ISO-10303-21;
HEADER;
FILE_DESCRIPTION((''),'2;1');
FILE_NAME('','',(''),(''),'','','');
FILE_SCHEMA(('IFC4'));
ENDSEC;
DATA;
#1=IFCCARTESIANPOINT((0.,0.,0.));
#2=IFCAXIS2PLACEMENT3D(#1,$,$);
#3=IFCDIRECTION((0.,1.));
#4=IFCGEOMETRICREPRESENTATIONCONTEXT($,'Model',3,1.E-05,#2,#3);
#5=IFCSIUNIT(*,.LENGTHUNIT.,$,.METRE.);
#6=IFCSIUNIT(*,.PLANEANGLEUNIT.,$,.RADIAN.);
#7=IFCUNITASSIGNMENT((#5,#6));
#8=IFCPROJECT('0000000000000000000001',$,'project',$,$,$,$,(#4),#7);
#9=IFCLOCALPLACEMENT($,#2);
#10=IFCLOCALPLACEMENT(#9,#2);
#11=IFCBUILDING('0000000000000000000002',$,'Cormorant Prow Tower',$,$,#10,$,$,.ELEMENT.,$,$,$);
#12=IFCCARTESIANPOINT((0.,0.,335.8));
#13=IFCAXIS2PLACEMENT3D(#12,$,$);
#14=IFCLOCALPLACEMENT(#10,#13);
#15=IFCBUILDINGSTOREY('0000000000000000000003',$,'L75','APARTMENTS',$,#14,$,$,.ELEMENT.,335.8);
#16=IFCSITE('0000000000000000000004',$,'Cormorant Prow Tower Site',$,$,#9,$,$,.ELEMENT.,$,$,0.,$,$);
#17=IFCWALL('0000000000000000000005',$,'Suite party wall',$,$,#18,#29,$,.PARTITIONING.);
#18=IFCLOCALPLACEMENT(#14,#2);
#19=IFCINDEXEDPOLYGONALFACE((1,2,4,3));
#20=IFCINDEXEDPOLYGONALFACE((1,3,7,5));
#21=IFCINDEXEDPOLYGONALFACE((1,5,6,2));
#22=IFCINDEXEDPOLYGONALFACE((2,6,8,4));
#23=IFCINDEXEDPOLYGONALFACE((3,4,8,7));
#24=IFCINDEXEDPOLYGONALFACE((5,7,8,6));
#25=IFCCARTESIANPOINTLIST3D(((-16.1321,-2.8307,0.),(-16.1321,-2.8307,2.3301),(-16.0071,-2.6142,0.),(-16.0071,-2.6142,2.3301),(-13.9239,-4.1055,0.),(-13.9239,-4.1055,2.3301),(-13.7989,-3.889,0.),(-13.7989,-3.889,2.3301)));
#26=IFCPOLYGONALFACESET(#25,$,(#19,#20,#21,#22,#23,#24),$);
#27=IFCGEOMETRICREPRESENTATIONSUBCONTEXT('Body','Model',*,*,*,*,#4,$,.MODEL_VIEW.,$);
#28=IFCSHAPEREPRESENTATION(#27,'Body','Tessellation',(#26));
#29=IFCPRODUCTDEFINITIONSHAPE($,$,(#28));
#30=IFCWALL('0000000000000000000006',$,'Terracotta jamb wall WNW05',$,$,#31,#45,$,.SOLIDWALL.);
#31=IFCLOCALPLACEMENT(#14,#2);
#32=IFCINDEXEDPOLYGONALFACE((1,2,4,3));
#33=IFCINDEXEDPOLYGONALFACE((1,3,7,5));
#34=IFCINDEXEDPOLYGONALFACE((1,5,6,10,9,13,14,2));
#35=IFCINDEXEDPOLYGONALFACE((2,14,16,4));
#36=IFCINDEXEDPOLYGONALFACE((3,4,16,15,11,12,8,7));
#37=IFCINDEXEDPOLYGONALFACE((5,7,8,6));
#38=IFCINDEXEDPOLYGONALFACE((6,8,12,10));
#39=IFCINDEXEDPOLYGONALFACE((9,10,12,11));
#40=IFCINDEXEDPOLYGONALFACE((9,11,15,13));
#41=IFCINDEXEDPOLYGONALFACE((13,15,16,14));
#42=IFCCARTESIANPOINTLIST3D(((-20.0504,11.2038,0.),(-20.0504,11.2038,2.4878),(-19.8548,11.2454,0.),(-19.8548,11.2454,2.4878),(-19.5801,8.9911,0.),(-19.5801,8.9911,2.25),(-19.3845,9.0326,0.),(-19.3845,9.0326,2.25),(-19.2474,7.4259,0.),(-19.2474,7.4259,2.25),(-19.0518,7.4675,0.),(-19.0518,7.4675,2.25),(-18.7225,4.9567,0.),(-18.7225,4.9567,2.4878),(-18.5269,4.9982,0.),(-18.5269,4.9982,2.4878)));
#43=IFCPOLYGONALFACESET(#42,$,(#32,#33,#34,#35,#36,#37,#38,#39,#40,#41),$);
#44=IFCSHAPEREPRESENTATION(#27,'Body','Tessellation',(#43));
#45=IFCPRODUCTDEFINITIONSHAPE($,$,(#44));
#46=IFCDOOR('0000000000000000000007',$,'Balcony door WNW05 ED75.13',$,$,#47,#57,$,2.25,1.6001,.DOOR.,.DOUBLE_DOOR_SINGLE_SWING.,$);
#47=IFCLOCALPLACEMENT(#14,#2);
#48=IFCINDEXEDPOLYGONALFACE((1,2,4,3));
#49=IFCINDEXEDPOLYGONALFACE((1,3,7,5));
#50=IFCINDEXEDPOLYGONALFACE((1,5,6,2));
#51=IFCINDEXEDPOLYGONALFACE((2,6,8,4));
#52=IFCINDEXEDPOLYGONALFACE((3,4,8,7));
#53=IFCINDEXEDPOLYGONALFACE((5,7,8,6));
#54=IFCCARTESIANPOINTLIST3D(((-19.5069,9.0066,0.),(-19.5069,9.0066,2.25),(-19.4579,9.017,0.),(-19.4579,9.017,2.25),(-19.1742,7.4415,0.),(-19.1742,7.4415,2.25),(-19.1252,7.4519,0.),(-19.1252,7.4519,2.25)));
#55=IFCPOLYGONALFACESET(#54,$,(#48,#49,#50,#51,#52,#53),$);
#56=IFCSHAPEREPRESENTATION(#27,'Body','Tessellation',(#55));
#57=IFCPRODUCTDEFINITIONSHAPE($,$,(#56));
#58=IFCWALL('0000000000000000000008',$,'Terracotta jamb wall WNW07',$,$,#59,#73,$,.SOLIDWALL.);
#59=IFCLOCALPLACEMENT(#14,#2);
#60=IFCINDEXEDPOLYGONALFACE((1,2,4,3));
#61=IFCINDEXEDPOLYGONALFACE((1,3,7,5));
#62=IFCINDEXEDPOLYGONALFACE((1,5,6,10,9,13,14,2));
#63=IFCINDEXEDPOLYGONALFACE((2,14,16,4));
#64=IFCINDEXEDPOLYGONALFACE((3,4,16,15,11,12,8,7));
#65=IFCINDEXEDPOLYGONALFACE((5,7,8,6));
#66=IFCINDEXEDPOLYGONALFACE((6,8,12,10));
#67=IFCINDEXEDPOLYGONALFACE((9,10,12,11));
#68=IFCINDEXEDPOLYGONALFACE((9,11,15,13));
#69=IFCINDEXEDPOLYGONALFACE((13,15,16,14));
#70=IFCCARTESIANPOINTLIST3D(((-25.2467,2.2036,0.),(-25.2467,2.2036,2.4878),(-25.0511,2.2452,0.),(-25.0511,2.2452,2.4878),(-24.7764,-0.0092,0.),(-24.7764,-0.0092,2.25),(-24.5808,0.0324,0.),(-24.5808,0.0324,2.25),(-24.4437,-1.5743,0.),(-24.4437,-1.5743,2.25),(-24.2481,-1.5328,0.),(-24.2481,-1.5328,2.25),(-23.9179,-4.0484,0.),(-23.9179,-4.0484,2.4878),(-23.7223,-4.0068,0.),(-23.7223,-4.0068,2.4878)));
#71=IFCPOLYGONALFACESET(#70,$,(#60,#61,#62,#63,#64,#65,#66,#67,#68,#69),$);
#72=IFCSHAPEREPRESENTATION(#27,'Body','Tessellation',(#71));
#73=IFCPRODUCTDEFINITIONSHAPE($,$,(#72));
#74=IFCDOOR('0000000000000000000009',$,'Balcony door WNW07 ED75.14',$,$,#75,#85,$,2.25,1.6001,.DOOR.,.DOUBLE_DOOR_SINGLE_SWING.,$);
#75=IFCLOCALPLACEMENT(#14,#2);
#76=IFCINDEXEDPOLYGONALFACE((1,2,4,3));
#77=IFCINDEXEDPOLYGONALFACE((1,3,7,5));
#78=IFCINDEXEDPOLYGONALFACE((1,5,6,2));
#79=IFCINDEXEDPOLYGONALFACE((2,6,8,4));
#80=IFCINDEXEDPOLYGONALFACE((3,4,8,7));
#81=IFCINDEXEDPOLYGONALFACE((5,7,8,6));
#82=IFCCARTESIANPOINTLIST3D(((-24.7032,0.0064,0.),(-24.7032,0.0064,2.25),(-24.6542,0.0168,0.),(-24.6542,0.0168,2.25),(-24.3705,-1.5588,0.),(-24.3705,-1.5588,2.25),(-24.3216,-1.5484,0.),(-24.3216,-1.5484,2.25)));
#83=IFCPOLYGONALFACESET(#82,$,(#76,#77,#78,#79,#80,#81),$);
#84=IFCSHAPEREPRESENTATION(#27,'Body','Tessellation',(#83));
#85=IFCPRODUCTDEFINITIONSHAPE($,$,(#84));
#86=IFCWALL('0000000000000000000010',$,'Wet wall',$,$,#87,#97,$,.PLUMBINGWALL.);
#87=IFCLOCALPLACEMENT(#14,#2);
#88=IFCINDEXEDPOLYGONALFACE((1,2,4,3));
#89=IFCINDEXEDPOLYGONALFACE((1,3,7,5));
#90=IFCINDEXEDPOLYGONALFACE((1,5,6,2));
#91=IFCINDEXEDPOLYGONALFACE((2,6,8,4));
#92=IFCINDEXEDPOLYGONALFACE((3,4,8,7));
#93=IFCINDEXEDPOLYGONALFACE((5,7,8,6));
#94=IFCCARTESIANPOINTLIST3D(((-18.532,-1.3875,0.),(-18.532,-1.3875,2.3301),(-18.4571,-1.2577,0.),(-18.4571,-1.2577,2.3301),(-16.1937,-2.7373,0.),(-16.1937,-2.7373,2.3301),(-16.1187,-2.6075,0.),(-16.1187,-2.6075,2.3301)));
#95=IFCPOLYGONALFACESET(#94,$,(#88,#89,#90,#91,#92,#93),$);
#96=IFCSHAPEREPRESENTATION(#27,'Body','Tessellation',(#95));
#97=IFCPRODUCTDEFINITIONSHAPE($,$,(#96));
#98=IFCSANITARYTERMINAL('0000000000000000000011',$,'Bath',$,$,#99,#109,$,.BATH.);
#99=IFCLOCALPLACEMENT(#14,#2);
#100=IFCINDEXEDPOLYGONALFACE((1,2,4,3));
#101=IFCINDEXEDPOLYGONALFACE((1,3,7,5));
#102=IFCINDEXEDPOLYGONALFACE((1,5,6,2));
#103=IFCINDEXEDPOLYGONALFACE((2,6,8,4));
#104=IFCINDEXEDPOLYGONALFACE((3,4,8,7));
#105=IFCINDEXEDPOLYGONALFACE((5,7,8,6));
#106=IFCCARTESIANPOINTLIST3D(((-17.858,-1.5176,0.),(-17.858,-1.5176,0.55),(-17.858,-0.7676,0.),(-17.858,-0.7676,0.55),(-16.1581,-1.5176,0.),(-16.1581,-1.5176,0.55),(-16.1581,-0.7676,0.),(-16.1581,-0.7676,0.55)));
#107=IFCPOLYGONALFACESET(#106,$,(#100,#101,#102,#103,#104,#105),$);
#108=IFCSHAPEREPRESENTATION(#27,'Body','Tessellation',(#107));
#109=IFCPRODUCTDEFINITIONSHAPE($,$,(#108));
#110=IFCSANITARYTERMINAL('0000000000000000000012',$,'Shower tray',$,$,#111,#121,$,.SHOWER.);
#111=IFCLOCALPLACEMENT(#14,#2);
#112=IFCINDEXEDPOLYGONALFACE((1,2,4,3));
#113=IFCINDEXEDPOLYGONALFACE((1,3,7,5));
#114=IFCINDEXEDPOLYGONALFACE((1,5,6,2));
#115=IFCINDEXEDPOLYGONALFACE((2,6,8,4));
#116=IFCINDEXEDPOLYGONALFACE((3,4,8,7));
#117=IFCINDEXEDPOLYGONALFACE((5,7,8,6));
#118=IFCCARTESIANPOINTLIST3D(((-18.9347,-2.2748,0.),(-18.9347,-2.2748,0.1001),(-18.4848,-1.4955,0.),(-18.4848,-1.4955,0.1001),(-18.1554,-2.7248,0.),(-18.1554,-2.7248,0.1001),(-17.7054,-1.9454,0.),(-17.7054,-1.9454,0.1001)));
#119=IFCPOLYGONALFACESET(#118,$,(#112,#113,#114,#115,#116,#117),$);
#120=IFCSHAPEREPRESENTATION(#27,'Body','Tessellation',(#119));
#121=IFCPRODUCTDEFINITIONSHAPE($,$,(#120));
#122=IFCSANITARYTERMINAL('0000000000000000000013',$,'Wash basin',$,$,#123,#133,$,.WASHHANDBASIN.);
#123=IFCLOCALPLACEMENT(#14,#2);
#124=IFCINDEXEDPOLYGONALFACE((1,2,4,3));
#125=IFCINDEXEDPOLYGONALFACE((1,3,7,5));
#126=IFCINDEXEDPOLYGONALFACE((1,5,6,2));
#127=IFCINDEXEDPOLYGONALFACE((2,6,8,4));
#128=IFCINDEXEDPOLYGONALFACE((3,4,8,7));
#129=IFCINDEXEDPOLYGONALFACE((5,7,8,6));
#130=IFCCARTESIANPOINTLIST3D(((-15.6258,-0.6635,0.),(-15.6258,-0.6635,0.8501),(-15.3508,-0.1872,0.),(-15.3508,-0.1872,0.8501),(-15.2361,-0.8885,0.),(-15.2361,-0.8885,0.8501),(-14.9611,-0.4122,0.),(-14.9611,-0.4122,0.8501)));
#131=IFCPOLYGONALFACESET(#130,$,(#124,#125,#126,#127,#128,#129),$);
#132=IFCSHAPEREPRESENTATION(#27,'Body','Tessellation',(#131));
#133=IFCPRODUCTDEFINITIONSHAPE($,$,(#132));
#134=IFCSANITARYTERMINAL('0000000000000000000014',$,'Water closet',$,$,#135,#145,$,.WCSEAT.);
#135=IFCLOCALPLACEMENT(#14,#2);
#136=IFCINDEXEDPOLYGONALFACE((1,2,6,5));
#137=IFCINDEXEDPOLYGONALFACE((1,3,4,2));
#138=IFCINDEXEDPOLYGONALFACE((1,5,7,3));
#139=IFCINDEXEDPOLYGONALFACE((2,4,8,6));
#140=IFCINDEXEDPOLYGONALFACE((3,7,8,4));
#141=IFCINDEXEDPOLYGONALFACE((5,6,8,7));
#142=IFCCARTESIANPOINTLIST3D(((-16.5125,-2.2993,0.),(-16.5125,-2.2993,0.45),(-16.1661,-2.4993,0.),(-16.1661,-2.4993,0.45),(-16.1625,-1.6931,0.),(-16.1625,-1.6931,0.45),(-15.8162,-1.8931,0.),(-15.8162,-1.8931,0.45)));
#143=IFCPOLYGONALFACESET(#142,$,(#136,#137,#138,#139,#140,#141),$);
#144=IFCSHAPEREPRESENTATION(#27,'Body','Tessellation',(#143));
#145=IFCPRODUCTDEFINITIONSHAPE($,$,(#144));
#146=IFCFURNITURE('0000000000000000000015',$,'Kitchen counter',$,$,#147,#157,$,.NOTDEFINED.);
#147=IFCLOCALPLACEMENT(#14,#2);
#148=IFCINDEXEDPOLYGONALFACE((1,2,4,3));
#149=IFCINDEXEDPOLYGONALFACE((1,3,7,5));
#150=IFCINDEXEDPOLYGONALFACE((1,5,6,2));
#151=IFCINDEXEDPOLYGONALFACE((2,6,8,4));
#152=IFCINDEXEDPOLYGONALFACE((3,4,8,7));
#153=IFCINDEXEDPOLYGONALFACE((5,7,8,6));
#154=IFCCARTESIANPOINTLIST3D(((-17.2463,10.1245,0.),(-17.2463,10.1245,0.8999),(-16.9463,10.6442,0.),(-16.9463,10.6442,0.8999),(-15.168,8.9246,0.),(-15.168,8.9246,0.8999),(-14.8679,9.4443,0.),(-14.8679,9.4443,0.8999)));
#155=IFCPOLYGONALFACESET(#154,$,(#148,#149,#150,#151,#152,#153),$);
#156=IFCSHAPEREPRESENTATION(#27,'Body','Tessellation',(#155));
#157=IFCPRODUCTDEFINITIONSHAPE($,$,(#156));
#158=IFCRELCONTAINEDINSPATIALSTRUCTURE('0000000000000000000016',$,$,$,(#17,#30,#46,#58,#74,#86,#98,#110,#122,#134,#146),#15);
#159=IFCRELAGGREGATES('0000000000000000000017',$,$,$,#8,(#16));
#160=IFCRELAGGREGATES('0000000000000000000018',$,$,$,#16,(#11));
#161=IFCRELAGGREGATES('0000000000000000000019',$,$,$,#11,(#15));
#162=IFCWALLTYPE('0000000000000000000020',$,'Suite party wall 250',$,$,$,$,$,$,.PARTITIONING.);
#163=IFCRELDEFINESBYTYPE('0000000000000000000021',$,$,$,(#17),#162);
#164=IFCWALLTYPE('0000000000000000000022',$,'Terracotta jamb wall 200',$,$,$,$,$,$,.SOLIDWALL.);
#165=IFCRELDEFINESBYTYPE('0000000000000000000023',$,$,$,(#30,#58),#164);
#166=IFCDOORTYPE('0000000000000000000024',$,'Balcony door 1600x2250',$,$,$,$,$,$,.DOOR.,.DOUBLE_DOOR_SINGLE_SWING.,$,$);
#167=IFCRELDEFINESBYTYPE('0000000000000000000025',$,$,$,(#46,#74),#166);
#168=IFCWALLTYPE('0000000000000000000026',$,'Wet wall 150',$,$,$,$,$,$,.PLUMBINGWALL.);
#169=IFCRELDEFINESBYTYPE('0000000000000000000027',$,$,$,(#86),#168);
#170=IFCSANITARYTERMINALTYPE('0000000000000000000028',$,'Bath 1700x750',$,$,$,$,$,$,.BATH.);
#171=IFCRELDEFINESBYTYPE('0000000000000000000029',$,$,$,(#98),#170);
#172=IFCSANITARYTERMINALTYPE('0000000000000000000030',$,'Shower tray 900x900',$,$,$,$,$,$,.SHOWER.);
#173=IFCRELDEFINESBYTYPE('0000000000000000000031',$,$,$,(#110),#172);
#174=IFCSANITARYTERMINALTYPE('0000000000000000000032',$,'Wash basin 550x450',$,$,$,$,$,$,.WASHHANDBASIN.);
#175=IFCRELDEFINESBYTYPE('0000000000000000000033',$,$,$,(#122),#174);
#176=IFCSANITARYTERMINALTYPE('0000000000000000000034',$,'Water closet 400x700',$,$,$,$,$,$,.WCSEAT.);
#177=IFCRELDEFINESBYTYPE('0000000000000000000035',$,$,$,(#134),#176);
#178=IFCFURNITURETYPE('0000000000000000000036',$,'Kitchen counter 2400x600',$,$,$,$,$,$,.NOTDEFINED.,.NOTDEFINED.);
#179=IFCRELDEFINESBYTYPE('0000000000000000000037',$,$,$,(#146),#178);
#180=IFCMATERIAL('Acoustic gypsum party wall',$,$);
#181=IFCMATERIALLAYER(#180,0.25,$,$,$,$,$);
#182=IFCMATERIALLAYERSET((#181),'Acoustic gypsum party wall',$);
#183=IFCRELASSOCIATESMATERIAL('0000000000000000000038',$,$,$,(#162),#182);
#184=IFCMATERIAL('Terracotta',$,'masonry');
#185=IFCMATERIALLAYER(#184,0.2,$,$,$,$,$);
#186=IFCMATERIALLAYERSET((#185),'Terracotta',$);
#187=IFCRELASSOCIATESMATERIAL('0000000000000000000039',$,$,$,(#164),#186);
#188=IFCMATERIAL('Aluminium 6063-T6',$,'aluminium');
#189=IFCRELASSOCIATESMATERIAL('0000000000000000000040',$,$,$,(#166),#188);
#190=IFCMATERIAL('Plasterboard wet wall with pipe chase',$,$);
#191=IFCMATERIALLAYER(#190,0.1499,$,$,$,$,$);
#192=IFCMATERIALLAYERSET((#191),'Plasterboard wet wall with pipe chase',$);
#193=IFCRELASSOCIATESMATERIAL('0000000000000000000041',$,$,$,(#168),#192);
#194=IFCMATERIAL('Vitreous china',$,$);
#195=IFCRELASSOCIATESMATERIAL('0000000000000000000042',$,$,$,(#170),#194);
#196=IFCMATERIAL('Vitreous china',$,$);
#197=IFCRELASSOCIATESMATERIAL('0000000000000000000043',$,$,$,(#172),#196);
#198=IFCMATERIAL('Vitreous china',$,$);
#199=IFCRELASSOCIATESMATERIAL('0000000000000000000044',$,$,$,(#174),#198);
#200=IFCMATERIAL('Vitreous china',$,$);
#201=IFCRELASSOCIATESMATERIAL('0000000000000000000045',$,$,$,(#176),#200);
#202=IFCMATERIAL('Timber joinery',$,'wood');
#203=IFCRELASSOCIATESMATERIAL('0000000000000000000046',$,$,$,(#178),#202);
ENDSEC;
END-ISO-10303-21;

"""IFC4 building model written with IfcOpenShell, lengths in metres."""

from ifc_helpers import new_model, si_unit, direction, frame, frame_2d, origin, origin_2d, place, context, subcontext, project, spatial, rectangle, extrude, material, layer, layer_set, type_object, element, fill, save


model = new_model("IFC4")

# Units and contexts
model_context = context("Model", 3, precision=1e-05, world=origin(), true_north=direction((0.0, 1.0)))
body_context = subcontext(model_context, "Body", "Model", "MODEL_VIEW")
ifc_project = project(units=[si_unit("LENGTHUNIT", "METRE"), si_unit("PLANEANGLEUNIT", "RADIAN")], contexts=[model_context])

# Site, building, storey
site_placement = place(None, origin())
site = spatial("IfcSite", under=ifc_project, at=site_placement, Name="Cormorant Prow Tower Site", CompositionType="ELEMENT", RefElevation=0.0)
building_placement = place(site_placement, origin())
building = spatial("IfcBuilding", under=site, at=building_placement, Name="Cormorant Prow Tower", CompositionType="ELEMENT")
storey_placement = place(building_placement, frame((0.0, 0.0, 335.8)))
storey = spatial("IfcBuildingStorey", under=building, at=storey_placement, Name="L75", Description="APARTMENTS", CompositionType="ELEMENT", Elevation=335.8)

# Wall
ifc_material_1 = material(Name="Acoustic gypsum party wall")
ifc_layer_1 = layer(ifc_material_1, 0.25)
ifc_layer_set_1 = layer_set([ifc_layer_1], Name="Acoustic gypsum party wall")
wall_type_1 = type_object("IfcWallType", Name="Suite party wall 250", PredefinedType="PARTITIONING", material=ifc_layer_set_1)
wall_1_placement = place(storey_placement, frame((-16.0696, -2.7224, 0.0), z_axis=(0.0, 0.0, 1.0), x_axis=(0.866031, -0.49999, 0.0)))
element("IfcWall", 1, at=wall_1_placement, inside=storey, type_object=wall_type_1, Name="Suite party wall", PredefinedType="PARTITIONING", context=body_context, shape_type="SweptSolid", body=[
    extrude(rectangle(XDim=2.5498, YDim=0.25, at=frame_2d((1.2749, 0.0))), origin(), (0.0, 0.0, 1.0), 2.3301),
])

# Walls, openings, doors
ifc_material_2 = material(Name="Terracotta", Category="masonry")
ifc_layer_2 = layer(ifc_material_2, 0.2)
ifc_layer_set_2 = layer_set([ifc_layer_2], Name="Terracotta")
wall_type_2 = type_object("IfcWallType", Name="Terracotta jamb wall 200", PredefinedType="SOLIDWALL", material=ifc_layer_set_2)
wall_2_placement = place(storey_placement, frame((-19.9526, 11.2246, 0.0), z_axis=(0.0, 0.0, 1.0), x_axis=(0.207915, -0.978147, 0.0)))
wall_2 = element("IfcWall", 2, at=wall_2_placement, inside=storey, type_object=wall_type_2, Name="Terracotta jamb wall WNW05", PredefinedType="SOLIDWALL", context=body_context, shape_type="SweptSolid", body=[
    extrude(rectangle(XDim=6.3867, YDim=0.2, at=frame_2d((3.1934, 0.0))), origin(), (0.0, 0.0, 1.0), 2.4878),
])
opening_1_placement = place(wall_2_placement, frame((2.2622, 0.0, 0.0)))
opening_1 = element("IfcOpeningElement", 3, at=opening_1_placement, cuts=wall_2, PredefinedType="OPENING", context=body_context, shape_type="SweptSolid", body=[
    extrude(rectangle(XDim=1.6001, YDim=2.25, at=frame_2d((0.8, 1.125))), frame((0.0, 0.1099, 0.0), z_axis=(0.0, -1.0, 0.0), x_axis=(1.0, 0.0, 0.0)), (0.0, 0.0, 1.0), 0.22),
])
ifc_material_3 = material(Name="Aluminium 6063-T6", Category="aluminium")
door_type_1 = type_object("IfcDoorType", Name="Balcony door 1600x2250", OperationType="DOUBLE_DOOR_SINGLE_SWING", PredefinedType="DOOR", material=ifc_material_3)
door_1_placement = place(opening_1_placement, origin())
door_1 = element("IfcDoor", 4, at=door_1_placement, inside=storey, type_object=door_type_1, Name="Balcony door WNW05 ED75.13", OperationType="DOUBLE_DOOR_SINGLE_SWING", OverallHeight=2.25, OverallWidth=1.6001, PredefinedType="DOOR", context=body_context, shape_type="SweptSolid", body=[
    extrude(rectangle(XDim=1.6001, YDim=2.25, at=frame_2d((0.8, 1.125))), frame((0.0, 0.0249, 0.0), z_axis=(0.0, -1.0, 0.0), x_axis=(1.0, 0.0, 0.0)), (0.0, 0.0, 1.0), 0.05),
])
fill(opening_1, door_1)
wall_3_placement = place(storey_placement, frame((-25.1489, 2.2244, 0.0), z_axis=(0.0, 0.0, 1.0), x_axis=(0.207906, -0.978149, 0.0)))
wall_3 = element("IfcWall", 5, at=wall_3_placement, inside=storey, type_object=wall_type_2, Name="Terracotta jamb wall WNW07", PredefinedType="SOLIDWALL", context=body_context, shape_type="SweptSolid", body=[
    extrude(rectangle(XDim=6.3916, YDim=0.2, at=frame_2d((3.1958, 0.0))), origin(), (0.0, 0.0, 1.0), 2.4878),
])
opening_2_placement = place(wall_3_placement, frame((2.2622, 0.0, 0.0)))
opening_2 = element("IfcOpeningElement", 6, at=opening_2_placement, cuts=wall_3, PredefinedType="OPENING", context=body_context, shape_type="SweptSolid", body=[
    extrude(rectangle(XDim=1.6001, YDim=2.25, at=frame_2d((0.8, 1.125))), frame((0.0, 0.1099, 0.0), z_axis=(0.0, -1.0, 0.0), x_axis=(1.0, 0.0, 0.0)), (0.0, 0.0, 1.0), 0.22),
])
door_2_placement = place(opening_2_placement, origin())
door_2 = element("IfcDoor", 7, at=door_2_placement, inside=storey, type_object=door_type_1, Name="Balcony door WNW07 ED75.14", OperationType="DOUBLE_DOOR_SINGLE_SWING", OverallHeight=2.25, OverallWidth=1.6001, PredefinedType="DOOR", context=body_context, shape_type="SweptSolid", body=[
    extrude(rectangle(XDim=1.6001, YDim=2.25, at=frame_2d((0.8, 1.125))), frame((0.0, 0.0249, 0.0), z_axis=(0.0, -1.0, 0.0), x_axis=(1.0, 0.0, 0.0)), (0.0, 0.0, 1.0), 0.05),
])
fill(opening_2, door_2)

# Wall
ifc_material_4 = material(Name="Plasterboard wet wall with pipe chase")
ifc_layer_3 = layer(ifc_material_4, 0.1499)
ifc_layer_set_3 = layer_set([ifc_layer_3], Name="Plasterboard wet wall with pipe chase")
wall_type_3 = type_object("IfcWallType", Name="Wet wall 150", PredefinedType="PLUMBINGWALL", material=ifc_layer_set_3)
wall_4_placement = place(storey_placement, frame((-18.4946, -1.3225, 0.0), z_axis=(0.0, 0.0, 1.0), x_axis=(0.866059, -0.499942, 0.0)))
element("IfcWall", 8, at=wall_4_placement, inside=storey, type_object=wall_type_3, Name="Wet wall", PredefinedType="PLUMBINGWALL", context=body_context, shape_type="SweptSolid", body=[
    extrude(rectangle(XDim=2.7, YDim=0.1499, at=frame_2d((1.3501, 0.0))), origin(), (0.0, 0.0, 1.0), 2.3301),
])

# Sanitary terminals
ifc_material_5 = material(Name="Vitreous china")
sanitary_terminal_type_1 = type_object("IfcSanitaryTerminalType", Name="Bath 1700x750", PredefinedType="BATH", material=ifc_material_5)
sanitary_terminal_1_placement = place(storey_placement, frame((-17.0081, -1.1426, 0.0), z_axis=(0.0, 0.0, 1.0), x_axis=(1.0, 0.0, 0.0)))
element("IfcSanitaryTerminal", 9, at=sanitary_terminal_1_placement, inside=storey, type_object=sanitary_terminal_type_1, Name="Bath", PredefinedType="BATH", context=body_context, shape_type="SweptSolid", body=[
    extrude(rectangle(XDim=1.7, YDim=0.75, at=origin_2d()), origin(), (0.0, 0.0, 1.0), 0.55),
])
ifc_material_6 = material(Name="Vitreous china")
sanitary_terminal_type_2 = type_object("IfcSanitaryTerminalType", Name="Shower tray 900x900", PredefinedType="SHOWER", material=ifc_material_6)
sanitary_terminal_2_placement = place(storey_placement, frame((-18.3201, -2.1101, 0.0), z_axis=(0.0, 0.0, 1.0), x_axis=(0.866025, -0.5, 0.0)))
element("IfcSanitaryTerminal", 10, at=sanitary_terminal_2_placement, inside=storey, type_object=sanitary_terminal_type_2, Name="Shower tray", PredefinedType="SHOWER", context=body_context, shape_type="SweptSolid", body=[
    extrude(rectangle(XDim=0.8999, YDim=0.8999, at=origin_2d()), origin(), (0.0, 0.0, 1.0), 0.1001),
])
ifc_material_7 = material(Name="Vitreous china")
sanitary_terminal_type_3 = type_object("IfcSanitaryTerminalType", Name="Wash basin 550x450", PredefinedType="WASHHANDBASIN", material=ifc_material_7)
sanitary_terminal_3_placement = place(storey_placement, frame((-15.2935, -0.5378, 0.0), z_axis=(0.0, 0.0, 1.0), x_axis=(-0.5, -0.866025, 0.0)))
element("IfcSanitaryTerminal", 11, at=sanitary_terminal_3_placement, inside=storey, type_object=sanitary_terminal_type_3, Name="Wash basin", PredefinedType="WASHHANDBASIN", context=body_context, shape_type="SweptSolid", body=[
    extrude(rectangle(XDim=0.55, YDim=0.45, at=origin_2d()), origin(), (0.0, 0.0, 1.0), 0.8501),
])
ifc_material_8 = material(Name="Vitreous china")
sanitary_terminal_type_4 = type_object("IfcSanitaryTerminalType", Name="Water closet 400x700", PredefinedType="WCSEAT", material=ifc_material_8)
sanitary_terminal_4_placement = place(storey_placement, frame((-16.1643, -2.0962, 0.0), z_axis=(0.0, 0.0, 1.0), x_axis=(-0.866025, 0.5, 0.0)))
element("IfcSanitaryTerminal", 12, at=sanitary_terminal_4_placement, inside=storey, type_object=sanitary_terminal_type_4, Name="Water closet", PredefinedType="WCSEAT", context=body_context, shape_type="SweptSolid", body=[
    extrude(rectangle(XDim=0.3999, YDim=0.7, at=origin_2d()), origin(), (0.0, 0.0, 1.0), 0.45),
])

# Furniture
ifc_material_9 = material(Name="Timber joinery", Category="wood")
furniture_type = type_object("IfcFurnitureType", Name="Kitchen counter 2400x600", AssemblyPlace="NOTDEFINED", PredefinedType="NOTDEFINED", material=ifc_material_9)
furniture_placement = place(storey_placement, frame((-16.0571, 9.7844, 0.0), z_axis=(0.0, 0.0, 1.0), x_axis=(-0.866025, 0.5, 0.0)))
element("IfcFurniture", 13, at=furniture_placement, inside=storey, type_object=furniture_type, Name="Kitchen counter", PredefinedType="NOTDEFINED", context=body_context, shape_type="SweptSolid", body=[
    extrude(rectangle(XDim=2.3999, YDim=0.6001, at=origin_2d()), origin(), (0.0, 0.0, 1.0), 0.8999),
])

save(model, "model.ifc")
